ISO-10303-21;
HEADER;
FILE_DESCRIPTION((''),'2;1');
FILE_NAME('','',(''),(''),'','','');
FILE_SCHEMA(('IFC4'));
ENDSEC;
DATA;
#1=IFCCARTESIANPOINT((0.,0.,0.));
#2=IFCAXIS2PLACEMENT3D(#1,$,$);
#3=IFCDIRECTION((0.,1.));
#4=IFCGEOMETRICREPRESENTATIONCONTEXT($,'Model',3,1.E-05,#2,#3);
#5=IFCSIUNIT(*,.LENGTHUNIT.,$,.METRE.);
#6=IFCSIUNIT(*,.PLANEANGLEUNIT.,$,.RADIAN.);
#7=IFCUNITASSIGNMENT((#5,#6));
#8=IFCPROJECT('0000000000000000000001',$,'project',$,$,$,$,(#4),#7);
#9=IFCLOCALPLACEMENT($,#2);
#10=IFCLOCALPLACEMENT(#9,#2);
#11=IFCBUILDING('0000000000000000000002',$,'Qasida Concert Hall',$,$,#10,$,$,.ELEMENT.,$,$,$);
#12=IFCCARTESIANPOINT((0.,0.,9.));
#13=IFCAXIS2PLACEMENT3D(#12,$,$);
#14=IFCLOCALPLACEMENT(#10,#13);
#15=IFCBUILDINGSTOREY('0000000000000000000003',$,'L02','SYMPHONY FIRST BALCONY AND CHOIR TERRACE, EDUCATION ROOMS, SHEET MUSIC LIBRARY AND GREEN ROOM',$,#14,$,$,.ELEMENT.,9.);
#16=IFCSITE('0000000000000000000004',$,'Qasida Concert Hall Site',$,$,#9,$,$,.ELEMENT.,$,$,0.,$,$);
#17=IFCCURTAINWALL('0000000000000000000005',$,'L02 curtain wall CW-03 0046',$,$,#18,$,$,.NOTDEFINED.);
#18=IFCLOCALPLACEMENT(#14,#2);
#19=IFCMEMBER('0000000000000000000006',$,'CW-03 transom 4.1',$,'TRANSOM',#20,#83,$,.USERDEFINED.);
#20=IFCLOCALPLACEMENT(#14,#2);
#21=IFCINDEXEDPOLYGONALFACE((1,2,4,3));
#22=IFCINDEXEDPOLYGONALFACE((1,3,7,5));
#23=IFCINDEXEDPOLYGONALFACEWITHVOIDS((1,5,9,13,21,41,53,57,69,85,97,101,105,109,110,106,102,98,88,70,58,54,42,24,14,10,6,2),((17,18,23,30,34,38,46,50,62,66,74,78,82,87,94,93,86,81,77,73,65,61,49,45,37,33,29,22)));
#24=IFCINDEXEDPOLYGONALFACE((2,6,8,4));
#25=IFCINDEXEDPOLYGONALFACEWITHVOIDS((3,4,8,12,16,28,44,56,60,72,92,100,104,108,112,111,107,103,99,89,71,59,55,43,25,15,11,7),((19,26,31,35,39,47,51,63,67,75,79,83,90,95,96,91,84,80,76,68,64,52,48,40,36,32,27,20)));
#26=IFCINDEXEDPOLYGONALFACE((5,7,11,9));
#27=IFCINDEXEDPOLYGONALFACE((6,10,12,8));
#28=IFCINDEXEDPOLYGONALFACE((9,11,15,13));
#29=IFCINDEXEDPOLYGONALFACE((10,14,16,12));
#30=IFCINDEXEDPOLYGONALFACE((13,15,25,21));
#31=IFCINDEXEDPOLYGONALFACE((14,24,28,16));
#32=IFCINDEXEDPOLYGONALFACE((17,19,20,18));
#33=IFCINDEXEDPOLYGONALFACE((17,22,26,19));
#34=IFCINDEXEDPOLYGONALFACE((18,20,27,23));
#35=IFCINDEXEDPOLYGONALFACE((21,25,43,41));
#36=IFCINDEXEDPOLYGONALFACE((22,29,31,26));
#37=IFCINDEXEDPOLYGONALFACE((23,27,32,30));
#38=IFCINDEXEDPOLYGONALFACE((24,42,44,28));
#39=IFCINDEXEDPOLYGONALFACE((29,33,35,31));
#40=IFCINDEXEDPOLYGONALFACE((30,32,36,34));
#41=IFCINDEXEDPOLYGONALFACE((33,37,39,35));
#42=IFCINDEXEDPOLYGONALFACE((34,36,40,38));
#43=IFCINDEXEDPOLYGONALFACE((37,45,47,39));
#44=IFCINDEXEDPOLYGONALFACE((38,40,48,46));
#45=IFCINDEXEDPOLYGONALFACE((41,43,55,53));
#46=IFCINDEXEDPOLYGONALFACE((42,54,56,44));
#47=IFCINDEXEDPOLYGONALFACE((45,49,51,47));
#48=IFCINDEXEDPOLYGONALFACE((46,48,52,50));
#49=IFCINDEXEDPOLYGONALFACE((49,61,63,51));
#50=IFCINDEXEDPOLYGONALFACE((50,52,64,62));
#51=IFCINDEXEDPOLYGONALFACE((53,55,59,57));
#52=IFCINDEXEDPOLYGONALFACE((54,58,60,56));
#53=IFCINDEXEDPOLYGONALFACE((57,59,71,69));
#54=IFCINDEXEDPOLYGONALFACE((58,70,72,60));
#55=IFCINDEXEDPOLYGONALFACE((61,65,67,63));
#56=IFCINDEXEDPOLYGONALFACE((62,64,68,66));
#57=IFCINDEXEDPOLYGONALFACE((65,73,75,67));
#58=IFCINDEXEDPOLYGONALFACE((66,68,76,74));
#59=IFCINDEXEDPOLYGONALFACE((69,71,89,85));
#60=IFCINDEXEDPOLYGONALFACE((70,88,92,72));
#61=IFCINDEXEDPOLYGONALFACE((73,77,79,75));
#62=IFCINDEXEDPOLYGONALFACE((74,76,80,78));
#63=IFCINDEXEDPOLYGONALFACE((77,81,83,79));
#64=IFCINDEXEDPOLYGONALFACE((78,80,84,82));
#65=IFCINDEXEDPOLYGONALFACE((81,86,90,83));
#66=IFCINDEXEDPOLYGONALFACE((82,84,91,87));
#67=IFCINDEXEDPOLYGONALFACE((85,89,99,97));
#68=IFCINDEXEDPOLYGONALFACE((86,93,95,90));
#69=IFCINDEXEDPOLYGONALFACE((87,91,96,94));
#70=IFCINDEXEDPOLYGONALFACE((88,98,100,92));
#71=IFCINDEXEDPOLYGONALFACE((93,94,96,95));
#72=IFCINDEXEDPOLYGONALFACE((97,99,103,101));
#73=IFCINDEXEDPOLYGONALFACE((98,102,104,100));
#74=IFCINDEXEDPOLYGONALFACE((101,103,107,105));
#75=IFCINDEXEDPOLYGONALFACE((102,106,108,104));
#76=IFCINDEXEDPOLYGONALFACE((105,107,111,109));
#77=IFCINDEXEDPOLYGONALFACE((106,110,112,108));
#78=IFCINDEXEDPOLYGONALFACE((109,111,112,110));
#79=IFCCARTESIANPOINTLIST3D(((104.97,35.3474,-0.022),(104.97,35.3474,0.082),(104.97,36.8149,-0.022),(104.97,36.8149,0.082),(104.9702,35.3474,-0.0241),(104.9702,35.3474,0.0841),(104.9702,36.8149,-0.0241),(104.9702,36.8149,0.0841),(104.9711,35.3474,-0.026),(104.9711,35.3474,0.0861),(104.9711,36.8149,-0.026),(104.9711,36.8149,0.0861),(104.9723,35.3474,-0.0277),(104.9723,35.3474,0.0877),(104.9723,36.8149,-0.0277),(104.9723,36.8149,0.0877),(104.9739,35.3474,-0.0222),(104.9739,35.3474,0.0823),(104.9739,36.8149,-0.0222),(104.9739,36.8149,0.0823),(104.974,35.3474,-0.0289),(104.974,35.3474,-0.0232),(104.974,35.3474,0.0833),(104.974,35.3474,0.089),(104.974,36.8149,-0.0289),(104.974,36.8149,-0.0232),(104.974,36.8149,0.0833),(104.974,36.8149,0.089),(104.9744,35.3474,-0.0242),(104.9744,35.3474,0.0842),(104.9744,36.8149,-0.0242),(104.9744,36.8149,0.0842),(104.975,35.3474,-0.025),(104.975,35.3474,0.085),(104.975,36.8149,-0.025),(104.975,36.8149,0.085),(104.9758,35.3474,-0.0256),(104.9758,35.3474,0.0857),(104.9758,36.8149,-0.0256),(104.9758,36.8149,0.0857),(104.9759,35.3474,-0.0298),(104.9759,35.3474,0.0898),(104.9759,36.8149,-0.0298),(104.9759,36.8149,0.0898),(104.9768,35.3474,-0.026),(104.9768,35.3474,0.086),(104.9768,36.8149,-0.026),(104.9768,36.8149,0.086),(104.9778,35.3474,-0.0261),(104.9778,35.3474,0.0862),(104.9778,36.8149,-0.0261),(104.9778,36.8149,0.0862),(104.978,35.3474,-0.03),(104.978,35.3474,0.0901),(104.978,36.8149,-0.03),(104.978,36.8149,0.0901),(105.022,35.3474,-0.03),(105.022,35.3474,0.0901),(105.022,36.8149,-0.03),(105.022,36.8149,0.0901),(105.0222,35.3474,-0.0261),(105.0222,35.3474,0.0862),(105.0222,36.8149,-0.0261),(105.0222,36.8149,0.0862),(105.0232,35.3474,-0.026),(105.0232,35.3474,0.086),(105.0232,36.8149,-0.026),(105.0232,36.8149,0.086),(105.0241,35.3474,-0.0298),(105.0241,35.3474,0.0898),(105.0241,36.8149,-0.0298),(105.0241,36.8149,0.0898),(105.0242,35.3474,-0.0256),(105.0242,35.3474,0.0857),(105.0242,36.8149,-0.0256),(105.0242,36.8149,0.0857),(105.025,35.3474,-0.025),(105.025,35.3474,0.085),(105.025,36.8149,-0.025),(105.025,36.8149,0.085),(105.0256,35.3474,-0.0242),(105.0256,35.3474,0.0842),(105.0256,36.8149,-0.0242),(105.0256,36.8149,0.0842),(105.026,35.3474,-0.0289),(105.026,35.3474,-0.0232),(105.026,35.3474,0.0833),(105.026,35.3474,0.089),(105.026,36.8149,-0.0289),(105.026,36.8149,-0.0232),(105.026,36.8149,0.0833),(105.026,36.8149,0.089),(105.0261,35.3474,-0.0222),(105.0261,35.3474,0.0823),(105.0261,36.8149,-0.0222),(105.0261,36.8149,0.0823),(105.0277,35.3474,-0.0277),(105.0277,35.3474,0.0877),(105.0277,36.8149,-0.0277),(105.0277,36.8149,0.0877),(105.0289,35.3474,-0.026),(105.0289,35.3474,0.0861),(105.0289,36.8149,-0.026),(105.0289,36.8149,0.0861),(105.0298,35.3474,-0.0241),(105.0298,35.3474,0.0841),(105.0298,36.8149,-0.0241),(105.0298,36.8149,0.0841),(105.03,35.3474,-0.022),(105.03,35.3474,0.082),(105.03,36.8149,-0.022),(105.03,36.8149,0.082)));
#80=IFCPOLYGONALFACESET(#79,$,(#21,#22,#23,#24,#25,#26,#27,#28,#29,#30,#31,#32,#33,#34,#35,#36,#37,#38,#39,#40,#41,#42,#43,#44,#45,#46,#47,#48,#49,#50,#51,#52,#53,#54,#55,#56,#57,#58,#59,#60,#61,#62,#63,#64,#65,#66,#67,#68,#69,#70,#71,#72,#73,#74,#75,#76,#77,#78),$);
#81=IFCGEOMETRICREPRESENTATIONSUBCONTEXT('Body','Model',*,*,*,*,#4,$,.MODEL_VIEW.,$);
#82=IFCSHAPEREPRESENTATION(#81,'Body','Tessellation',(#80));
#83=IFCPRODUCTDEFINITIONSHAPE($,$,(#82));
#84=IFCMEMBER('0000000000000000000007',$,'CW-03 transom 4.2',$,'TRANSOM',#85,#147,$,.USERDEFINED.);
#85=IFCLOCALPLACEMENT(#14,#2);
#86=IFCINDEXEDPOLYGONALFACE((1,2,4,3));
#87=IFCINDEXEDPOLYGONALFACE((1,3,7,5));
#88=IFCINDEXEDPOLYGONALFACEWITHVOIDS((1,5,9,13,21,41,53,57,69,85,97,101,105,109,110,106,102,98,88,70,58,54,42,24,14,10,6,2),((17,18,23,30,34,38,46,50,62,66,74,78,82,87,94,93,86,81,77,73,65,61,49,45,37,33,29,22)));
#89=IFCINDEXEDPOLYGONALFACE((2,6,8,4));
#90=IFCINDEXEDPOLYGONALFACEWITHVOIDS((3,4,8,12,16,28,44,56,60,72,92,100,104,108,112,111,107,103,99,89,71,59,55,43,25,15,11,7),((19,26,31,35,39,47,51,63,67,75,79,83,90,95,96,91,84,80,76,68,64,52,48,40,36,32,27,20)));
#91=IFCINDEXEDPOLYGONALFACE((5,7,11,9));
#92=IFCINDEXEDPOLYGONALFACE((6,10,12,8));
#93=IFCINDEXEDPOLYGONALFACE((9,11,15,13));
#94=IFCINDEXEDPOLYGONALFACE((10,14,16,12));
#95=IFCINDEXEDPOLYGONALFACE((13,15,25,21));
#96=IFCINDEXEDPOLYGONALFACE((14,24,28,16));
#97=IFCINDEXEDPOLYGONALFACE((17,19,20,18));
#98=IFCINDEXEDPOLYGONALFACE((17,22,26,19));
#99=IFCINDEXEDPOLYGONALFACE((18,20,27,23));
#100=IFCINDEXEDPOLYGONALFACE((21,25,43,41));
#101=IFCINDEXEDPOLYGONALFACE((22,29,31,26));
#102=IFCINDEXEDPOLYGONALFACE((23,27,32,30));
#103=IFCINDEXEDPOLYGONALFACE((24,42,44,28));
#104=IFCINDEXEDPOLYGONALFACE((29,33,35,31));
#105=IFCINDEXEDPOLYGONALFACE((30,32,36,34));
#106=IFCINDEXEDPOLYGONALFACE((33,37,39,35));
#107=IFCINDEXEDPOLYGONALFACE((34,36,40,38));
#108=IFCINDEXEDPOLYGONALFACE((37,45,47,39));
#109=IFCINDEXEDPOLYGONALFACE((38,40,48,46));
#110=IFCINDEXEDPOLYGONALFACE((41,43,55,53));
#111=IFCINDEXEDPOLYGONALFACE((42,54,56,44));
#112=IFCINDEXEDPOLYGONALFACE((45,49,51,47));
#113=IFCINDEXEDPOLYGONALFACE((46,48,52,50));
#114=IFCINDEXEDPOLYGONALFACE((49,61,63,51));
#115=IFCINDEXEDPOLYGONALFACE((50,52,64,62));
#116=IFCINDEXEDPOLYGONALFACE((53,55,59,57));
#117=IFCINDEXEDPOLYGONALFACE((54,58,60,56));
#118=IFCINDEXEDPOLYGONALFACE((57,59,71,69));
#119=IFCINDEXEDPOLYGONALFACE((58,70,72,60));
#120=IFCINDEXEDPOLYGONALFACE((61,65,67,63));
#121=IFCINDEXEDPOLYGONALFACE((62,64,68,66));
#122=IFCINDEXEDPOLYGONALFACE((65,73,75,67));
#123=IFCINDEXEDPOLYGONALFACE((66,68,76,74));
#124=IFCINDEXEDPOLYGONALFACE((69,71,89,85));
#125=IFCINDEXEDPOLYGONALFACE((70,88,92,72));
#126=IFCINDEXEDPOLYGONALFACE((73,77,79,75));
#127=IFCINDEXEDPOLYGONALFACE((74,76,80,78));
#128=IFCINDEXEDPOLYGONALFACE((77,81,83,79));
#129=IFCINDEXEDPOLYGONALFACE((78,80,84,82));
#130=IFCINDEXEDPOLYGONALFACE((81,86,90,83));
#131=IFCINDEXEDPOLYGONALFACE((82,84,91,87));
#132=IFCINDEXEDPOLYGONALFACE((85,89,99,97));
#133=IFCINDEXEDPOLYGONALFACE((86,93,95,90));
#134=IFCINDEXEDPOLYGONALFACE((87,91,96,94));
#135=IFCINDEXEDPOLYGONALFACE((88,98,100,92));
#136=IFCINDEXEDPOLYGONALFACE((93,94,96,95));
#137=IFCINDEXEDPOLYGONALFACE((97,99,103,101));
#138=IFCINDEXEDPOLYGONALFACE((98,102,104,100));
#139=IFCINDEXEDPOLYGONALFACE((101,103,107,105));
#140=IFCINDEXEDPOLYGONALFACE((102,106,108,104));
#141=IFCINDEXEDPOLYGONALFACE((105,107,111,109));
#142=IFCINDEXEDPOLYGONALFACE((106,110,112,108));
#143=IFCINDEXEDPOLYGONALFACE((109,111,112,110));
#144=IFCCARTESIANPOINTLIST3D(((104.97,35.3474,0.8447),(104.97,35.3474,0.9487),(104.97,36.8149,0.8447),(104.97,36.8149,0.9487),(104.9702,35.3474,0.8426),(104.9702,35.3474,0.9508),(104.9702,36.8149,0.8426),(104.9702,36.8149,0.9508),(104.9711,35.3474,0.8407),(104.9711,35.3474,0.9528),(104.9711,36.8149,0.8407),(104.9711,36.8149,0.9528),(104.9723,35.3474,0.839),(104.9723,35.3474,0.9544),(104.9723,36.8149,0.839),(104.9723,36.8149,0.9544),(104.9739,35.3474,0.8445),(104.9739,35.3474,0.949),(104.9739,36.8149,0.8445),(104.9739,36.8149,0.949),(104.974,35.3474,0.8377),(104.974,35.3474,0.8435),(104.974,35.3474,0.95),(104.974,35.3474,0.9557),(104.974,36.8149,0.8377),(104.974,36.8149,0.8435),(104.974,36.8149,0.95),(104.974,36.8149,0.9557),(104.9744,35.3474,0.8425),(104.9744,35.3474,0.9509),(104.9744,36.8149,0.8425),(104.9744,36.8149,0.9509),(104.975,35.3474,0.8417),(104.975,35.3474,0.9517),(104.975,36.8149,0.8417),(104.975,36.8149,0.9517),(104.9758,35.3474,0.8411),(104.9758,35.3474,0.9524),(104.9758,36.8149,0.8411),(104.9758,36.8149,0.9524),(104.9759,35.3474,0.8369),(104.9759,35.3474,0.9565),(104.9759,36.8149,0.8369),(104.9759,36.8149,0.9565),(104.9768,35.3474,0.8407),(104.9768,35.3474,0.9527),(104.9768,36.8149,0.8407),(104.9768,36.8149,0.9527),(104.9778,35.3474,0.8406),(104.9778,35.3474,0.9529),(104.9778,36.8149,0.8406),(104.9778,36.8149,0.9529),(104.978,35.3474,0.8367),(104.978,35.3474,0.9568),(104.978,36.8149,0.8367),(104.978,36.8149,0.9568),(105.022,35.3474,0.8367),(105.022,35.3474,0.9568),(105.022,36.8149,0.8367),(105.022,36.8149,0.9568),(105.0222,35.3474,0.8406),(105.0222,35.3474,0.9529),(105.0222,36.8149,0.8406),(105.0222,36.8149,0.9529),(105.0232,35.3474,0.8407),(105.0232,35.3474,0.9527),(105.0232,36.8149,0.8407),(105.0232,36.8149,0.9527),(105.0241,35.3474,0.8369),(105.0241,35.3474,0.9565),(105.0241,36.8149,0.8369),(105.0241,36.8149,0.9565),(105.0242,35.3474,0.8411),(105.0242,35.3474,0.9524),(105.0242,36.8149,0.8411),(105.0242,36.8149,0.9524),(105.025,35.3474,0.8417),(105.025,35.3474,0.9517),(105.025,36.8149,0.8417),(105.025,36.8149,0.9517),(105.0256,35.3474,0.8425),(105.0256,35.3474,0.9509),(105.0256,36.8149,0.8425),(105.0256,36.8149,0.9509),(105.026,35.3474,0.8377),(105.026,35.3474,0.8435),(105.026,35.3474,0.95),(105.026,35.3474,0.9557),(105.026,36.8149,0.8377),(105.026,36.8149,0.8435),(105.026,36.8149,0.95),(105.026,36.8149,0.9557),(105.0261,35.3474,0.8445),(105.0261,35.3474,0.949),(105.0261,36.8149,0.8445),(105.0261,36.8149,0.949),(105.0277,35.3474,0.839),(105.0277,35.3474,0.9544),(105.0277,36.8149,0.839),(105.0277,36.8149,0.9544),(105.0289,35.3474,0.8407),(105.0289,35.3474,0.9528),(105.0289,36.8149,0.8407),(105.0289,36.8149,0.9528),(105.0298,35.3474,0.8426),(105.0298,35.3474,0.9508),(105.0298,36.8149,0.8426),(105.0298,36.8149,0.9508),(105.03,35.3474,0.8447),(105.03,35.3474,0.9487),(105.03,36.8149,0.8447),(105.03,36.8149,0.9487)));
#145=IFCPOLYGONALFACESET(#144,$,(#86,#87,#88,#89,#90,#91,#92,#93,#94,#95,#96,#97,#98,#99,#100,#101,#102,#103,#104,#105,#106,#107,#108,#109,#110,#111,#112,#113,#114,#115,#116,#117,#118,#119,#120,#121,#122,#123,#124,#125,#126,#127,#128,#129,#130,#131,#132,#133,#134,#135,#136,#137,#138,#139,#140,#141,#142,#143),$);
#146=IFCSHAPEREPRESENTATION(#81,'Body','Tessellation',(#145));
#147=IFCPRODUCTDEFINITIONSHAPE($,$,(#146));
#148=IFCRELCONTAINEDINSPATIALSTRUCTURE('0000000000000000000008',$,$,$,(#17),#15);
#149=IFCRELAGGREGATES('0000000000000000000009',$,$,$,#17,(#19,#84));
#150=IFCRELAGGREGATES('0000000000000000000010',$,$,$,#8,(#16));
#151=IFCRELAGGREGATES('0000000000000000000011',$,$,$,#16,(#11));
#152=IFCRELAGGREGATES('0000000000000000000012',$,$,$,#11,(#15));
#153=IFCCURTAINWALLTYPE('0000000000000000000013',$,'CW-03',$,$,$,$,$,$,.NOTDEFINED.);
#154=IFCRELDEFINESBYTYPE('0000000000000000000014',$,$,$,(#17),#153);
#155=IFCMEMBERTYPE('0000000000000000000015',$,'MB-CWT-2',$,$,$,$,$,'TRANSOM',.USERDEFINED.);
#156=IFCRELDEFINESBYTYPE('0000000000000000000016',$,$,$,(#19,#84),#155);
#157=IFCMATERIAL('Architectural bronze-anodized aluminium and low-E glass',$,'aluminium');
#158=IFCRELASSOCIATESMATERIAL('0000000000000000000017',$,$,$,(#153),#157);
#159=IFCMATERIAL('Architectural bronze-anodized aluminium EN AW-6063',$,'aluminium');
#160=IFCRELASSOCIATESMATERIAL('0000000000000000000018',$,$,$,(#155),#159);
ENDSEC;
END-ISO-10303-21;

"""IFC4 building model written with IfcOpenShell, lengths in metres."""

from ifc_helpers import new_model, si_unit, direction, frame, origin, origin_2d, place, context, subcontext, project, spatial, hollow_rectangle, extrude, material, material_profile, profile_set, type_object, element, aggregate, save


model = new_model("IFC4")

# Units and contexts
model_context = context("Model", 3, precision=1e-05, world=origin(), true_north=direction((0.0, 1.0)))
body_context = subcontext(model_context, "Body", "Model", "MODEL_VIEW")
ifc_project = project(units=[si_unit("LENGTHUNIT", "METRE"), si_unit("PLANEANGLEUNIT", "RADIAN")], contexts=[model_context])

# Site, building, storey
site_placement = place(None, origin())
site = spatial("IfcSite", under=ifc_project, at=site_placement, Name="Qasida Concert Hall Site", CompositionType="ELEMENT", RefElevation=0.0)
building_placement = place(site_placement, origin())
building = spatial("IfcBuilding", under=site, at=building_placement, Name="Qasida Concert Hall", CompositionType="ELEMENT")
storey_placement = place(building_placement, frame((0.0, 0.0, 9.0)))
storey = spatial("IfcBuildingStorey", under=building, at=storey_placement, Name="L02", Description="SYMPHONY FIRST BALCONY AND CHOIR TERRACE, EDUCATION ROOMS, SHEET MUSIC LIBRARY AND GREEN ROOM", CompositionType="ELEMENT", Elevation=9.0)

# Curtain wall, members
ifc_material_1 = material(Name="Architectural bronze-anodized aluminium and low-E glass", Category="aluminium")
curtain_wall_type = type_object("IfcCurtainWallType", Name="CW-03", PredefinedType="NOTDEFINED", material=ifc_material_1)
curtain_wall_placement = place(storey_placement, origin())
curtain_wall = element("IfcCurtainWall", 1, at=curtain_wall_placement, inside=storey, type_object=curtain_wall_type, Name="L02 curtain wall CW-03 0046", PredefinedType="NOTDEFINED")
ifc_material_2 = material(Name="Architectural bronze-anodized aluminium EN AW-6063", Category="aluminium")
ifc_material_profile_1 = material_profile(ifc_material_2, hollow_rectangle(XDim=0.0601, YDim=0.1201, WallThickness=0.0039, InnerFilletRadius=0.0039, OuterFilletRadius=0.0081, at=origin_2d()), Name="CWT 120x60x4")
ifc_profile_set_1 = profile_set([ifc_material_profile_1], Name="Architectural bronze-anodized aluminium EN AW-6063")
member_type_1 = type_object("IfcMemberType", Name="MB-CWT-2", ElementType="TRANSOM", PredefinedType="USERDEFINED", material=ifc_profile_set_1)
member_1_placement = place(storey_placement, frame((105.0, 35.3474, 0.03), z_axis=(0.0, 1.0, 0.0), x_axis=(-1.0, 0.0, 0.0)))
member_1 = element("IfcMember", 2, at=member_1_placement, type_object=member_type_1, Name="CW-03 transom 4.1", ObjectType="TRANSOM", PredefinedType="USERDEFINED", context=body_context, shape_type="SweptSolid", body=[
    extrude(hollow_rectangle(XDim=0.0601, YDim=0.1201, WallThickness=0.0039, InnerFilletRadius=0.0039, OuterFilletRadius=0.0081, at=origin_2d()), origin(), (0.0, 0.0, 1.0), 1.4675),
])
member_2_placement = place(storey_placement, frame((105.0, 35.3474, 0.8967), z_axis=(0.0, 1.0, 0.0), x_axis=(-1.0, 0.0, 0.0)))
member_2 = element("IfcMember", 3, at=member_2_placement, type_object=member_type_1, Name="CW-03 transom 4.2", ObjectType="TRANSOM", PredefinedType="USERDEFINED", context=body_context, shape_type="SweptSolid", body=[
    extrude(hollow_rectangle(XDim=0.0601, YDim=0.1201, WallThickness=0.0039, InnerFilletRadius=0.0039, OuterFilletRadius=0.0081, at=origin_2d()), origin(), (0.0, 0.0, 1.0), 1.4675),
])
aggregate(curtain_wall, [member_1, member_2])

save(model, "model.ifc")
